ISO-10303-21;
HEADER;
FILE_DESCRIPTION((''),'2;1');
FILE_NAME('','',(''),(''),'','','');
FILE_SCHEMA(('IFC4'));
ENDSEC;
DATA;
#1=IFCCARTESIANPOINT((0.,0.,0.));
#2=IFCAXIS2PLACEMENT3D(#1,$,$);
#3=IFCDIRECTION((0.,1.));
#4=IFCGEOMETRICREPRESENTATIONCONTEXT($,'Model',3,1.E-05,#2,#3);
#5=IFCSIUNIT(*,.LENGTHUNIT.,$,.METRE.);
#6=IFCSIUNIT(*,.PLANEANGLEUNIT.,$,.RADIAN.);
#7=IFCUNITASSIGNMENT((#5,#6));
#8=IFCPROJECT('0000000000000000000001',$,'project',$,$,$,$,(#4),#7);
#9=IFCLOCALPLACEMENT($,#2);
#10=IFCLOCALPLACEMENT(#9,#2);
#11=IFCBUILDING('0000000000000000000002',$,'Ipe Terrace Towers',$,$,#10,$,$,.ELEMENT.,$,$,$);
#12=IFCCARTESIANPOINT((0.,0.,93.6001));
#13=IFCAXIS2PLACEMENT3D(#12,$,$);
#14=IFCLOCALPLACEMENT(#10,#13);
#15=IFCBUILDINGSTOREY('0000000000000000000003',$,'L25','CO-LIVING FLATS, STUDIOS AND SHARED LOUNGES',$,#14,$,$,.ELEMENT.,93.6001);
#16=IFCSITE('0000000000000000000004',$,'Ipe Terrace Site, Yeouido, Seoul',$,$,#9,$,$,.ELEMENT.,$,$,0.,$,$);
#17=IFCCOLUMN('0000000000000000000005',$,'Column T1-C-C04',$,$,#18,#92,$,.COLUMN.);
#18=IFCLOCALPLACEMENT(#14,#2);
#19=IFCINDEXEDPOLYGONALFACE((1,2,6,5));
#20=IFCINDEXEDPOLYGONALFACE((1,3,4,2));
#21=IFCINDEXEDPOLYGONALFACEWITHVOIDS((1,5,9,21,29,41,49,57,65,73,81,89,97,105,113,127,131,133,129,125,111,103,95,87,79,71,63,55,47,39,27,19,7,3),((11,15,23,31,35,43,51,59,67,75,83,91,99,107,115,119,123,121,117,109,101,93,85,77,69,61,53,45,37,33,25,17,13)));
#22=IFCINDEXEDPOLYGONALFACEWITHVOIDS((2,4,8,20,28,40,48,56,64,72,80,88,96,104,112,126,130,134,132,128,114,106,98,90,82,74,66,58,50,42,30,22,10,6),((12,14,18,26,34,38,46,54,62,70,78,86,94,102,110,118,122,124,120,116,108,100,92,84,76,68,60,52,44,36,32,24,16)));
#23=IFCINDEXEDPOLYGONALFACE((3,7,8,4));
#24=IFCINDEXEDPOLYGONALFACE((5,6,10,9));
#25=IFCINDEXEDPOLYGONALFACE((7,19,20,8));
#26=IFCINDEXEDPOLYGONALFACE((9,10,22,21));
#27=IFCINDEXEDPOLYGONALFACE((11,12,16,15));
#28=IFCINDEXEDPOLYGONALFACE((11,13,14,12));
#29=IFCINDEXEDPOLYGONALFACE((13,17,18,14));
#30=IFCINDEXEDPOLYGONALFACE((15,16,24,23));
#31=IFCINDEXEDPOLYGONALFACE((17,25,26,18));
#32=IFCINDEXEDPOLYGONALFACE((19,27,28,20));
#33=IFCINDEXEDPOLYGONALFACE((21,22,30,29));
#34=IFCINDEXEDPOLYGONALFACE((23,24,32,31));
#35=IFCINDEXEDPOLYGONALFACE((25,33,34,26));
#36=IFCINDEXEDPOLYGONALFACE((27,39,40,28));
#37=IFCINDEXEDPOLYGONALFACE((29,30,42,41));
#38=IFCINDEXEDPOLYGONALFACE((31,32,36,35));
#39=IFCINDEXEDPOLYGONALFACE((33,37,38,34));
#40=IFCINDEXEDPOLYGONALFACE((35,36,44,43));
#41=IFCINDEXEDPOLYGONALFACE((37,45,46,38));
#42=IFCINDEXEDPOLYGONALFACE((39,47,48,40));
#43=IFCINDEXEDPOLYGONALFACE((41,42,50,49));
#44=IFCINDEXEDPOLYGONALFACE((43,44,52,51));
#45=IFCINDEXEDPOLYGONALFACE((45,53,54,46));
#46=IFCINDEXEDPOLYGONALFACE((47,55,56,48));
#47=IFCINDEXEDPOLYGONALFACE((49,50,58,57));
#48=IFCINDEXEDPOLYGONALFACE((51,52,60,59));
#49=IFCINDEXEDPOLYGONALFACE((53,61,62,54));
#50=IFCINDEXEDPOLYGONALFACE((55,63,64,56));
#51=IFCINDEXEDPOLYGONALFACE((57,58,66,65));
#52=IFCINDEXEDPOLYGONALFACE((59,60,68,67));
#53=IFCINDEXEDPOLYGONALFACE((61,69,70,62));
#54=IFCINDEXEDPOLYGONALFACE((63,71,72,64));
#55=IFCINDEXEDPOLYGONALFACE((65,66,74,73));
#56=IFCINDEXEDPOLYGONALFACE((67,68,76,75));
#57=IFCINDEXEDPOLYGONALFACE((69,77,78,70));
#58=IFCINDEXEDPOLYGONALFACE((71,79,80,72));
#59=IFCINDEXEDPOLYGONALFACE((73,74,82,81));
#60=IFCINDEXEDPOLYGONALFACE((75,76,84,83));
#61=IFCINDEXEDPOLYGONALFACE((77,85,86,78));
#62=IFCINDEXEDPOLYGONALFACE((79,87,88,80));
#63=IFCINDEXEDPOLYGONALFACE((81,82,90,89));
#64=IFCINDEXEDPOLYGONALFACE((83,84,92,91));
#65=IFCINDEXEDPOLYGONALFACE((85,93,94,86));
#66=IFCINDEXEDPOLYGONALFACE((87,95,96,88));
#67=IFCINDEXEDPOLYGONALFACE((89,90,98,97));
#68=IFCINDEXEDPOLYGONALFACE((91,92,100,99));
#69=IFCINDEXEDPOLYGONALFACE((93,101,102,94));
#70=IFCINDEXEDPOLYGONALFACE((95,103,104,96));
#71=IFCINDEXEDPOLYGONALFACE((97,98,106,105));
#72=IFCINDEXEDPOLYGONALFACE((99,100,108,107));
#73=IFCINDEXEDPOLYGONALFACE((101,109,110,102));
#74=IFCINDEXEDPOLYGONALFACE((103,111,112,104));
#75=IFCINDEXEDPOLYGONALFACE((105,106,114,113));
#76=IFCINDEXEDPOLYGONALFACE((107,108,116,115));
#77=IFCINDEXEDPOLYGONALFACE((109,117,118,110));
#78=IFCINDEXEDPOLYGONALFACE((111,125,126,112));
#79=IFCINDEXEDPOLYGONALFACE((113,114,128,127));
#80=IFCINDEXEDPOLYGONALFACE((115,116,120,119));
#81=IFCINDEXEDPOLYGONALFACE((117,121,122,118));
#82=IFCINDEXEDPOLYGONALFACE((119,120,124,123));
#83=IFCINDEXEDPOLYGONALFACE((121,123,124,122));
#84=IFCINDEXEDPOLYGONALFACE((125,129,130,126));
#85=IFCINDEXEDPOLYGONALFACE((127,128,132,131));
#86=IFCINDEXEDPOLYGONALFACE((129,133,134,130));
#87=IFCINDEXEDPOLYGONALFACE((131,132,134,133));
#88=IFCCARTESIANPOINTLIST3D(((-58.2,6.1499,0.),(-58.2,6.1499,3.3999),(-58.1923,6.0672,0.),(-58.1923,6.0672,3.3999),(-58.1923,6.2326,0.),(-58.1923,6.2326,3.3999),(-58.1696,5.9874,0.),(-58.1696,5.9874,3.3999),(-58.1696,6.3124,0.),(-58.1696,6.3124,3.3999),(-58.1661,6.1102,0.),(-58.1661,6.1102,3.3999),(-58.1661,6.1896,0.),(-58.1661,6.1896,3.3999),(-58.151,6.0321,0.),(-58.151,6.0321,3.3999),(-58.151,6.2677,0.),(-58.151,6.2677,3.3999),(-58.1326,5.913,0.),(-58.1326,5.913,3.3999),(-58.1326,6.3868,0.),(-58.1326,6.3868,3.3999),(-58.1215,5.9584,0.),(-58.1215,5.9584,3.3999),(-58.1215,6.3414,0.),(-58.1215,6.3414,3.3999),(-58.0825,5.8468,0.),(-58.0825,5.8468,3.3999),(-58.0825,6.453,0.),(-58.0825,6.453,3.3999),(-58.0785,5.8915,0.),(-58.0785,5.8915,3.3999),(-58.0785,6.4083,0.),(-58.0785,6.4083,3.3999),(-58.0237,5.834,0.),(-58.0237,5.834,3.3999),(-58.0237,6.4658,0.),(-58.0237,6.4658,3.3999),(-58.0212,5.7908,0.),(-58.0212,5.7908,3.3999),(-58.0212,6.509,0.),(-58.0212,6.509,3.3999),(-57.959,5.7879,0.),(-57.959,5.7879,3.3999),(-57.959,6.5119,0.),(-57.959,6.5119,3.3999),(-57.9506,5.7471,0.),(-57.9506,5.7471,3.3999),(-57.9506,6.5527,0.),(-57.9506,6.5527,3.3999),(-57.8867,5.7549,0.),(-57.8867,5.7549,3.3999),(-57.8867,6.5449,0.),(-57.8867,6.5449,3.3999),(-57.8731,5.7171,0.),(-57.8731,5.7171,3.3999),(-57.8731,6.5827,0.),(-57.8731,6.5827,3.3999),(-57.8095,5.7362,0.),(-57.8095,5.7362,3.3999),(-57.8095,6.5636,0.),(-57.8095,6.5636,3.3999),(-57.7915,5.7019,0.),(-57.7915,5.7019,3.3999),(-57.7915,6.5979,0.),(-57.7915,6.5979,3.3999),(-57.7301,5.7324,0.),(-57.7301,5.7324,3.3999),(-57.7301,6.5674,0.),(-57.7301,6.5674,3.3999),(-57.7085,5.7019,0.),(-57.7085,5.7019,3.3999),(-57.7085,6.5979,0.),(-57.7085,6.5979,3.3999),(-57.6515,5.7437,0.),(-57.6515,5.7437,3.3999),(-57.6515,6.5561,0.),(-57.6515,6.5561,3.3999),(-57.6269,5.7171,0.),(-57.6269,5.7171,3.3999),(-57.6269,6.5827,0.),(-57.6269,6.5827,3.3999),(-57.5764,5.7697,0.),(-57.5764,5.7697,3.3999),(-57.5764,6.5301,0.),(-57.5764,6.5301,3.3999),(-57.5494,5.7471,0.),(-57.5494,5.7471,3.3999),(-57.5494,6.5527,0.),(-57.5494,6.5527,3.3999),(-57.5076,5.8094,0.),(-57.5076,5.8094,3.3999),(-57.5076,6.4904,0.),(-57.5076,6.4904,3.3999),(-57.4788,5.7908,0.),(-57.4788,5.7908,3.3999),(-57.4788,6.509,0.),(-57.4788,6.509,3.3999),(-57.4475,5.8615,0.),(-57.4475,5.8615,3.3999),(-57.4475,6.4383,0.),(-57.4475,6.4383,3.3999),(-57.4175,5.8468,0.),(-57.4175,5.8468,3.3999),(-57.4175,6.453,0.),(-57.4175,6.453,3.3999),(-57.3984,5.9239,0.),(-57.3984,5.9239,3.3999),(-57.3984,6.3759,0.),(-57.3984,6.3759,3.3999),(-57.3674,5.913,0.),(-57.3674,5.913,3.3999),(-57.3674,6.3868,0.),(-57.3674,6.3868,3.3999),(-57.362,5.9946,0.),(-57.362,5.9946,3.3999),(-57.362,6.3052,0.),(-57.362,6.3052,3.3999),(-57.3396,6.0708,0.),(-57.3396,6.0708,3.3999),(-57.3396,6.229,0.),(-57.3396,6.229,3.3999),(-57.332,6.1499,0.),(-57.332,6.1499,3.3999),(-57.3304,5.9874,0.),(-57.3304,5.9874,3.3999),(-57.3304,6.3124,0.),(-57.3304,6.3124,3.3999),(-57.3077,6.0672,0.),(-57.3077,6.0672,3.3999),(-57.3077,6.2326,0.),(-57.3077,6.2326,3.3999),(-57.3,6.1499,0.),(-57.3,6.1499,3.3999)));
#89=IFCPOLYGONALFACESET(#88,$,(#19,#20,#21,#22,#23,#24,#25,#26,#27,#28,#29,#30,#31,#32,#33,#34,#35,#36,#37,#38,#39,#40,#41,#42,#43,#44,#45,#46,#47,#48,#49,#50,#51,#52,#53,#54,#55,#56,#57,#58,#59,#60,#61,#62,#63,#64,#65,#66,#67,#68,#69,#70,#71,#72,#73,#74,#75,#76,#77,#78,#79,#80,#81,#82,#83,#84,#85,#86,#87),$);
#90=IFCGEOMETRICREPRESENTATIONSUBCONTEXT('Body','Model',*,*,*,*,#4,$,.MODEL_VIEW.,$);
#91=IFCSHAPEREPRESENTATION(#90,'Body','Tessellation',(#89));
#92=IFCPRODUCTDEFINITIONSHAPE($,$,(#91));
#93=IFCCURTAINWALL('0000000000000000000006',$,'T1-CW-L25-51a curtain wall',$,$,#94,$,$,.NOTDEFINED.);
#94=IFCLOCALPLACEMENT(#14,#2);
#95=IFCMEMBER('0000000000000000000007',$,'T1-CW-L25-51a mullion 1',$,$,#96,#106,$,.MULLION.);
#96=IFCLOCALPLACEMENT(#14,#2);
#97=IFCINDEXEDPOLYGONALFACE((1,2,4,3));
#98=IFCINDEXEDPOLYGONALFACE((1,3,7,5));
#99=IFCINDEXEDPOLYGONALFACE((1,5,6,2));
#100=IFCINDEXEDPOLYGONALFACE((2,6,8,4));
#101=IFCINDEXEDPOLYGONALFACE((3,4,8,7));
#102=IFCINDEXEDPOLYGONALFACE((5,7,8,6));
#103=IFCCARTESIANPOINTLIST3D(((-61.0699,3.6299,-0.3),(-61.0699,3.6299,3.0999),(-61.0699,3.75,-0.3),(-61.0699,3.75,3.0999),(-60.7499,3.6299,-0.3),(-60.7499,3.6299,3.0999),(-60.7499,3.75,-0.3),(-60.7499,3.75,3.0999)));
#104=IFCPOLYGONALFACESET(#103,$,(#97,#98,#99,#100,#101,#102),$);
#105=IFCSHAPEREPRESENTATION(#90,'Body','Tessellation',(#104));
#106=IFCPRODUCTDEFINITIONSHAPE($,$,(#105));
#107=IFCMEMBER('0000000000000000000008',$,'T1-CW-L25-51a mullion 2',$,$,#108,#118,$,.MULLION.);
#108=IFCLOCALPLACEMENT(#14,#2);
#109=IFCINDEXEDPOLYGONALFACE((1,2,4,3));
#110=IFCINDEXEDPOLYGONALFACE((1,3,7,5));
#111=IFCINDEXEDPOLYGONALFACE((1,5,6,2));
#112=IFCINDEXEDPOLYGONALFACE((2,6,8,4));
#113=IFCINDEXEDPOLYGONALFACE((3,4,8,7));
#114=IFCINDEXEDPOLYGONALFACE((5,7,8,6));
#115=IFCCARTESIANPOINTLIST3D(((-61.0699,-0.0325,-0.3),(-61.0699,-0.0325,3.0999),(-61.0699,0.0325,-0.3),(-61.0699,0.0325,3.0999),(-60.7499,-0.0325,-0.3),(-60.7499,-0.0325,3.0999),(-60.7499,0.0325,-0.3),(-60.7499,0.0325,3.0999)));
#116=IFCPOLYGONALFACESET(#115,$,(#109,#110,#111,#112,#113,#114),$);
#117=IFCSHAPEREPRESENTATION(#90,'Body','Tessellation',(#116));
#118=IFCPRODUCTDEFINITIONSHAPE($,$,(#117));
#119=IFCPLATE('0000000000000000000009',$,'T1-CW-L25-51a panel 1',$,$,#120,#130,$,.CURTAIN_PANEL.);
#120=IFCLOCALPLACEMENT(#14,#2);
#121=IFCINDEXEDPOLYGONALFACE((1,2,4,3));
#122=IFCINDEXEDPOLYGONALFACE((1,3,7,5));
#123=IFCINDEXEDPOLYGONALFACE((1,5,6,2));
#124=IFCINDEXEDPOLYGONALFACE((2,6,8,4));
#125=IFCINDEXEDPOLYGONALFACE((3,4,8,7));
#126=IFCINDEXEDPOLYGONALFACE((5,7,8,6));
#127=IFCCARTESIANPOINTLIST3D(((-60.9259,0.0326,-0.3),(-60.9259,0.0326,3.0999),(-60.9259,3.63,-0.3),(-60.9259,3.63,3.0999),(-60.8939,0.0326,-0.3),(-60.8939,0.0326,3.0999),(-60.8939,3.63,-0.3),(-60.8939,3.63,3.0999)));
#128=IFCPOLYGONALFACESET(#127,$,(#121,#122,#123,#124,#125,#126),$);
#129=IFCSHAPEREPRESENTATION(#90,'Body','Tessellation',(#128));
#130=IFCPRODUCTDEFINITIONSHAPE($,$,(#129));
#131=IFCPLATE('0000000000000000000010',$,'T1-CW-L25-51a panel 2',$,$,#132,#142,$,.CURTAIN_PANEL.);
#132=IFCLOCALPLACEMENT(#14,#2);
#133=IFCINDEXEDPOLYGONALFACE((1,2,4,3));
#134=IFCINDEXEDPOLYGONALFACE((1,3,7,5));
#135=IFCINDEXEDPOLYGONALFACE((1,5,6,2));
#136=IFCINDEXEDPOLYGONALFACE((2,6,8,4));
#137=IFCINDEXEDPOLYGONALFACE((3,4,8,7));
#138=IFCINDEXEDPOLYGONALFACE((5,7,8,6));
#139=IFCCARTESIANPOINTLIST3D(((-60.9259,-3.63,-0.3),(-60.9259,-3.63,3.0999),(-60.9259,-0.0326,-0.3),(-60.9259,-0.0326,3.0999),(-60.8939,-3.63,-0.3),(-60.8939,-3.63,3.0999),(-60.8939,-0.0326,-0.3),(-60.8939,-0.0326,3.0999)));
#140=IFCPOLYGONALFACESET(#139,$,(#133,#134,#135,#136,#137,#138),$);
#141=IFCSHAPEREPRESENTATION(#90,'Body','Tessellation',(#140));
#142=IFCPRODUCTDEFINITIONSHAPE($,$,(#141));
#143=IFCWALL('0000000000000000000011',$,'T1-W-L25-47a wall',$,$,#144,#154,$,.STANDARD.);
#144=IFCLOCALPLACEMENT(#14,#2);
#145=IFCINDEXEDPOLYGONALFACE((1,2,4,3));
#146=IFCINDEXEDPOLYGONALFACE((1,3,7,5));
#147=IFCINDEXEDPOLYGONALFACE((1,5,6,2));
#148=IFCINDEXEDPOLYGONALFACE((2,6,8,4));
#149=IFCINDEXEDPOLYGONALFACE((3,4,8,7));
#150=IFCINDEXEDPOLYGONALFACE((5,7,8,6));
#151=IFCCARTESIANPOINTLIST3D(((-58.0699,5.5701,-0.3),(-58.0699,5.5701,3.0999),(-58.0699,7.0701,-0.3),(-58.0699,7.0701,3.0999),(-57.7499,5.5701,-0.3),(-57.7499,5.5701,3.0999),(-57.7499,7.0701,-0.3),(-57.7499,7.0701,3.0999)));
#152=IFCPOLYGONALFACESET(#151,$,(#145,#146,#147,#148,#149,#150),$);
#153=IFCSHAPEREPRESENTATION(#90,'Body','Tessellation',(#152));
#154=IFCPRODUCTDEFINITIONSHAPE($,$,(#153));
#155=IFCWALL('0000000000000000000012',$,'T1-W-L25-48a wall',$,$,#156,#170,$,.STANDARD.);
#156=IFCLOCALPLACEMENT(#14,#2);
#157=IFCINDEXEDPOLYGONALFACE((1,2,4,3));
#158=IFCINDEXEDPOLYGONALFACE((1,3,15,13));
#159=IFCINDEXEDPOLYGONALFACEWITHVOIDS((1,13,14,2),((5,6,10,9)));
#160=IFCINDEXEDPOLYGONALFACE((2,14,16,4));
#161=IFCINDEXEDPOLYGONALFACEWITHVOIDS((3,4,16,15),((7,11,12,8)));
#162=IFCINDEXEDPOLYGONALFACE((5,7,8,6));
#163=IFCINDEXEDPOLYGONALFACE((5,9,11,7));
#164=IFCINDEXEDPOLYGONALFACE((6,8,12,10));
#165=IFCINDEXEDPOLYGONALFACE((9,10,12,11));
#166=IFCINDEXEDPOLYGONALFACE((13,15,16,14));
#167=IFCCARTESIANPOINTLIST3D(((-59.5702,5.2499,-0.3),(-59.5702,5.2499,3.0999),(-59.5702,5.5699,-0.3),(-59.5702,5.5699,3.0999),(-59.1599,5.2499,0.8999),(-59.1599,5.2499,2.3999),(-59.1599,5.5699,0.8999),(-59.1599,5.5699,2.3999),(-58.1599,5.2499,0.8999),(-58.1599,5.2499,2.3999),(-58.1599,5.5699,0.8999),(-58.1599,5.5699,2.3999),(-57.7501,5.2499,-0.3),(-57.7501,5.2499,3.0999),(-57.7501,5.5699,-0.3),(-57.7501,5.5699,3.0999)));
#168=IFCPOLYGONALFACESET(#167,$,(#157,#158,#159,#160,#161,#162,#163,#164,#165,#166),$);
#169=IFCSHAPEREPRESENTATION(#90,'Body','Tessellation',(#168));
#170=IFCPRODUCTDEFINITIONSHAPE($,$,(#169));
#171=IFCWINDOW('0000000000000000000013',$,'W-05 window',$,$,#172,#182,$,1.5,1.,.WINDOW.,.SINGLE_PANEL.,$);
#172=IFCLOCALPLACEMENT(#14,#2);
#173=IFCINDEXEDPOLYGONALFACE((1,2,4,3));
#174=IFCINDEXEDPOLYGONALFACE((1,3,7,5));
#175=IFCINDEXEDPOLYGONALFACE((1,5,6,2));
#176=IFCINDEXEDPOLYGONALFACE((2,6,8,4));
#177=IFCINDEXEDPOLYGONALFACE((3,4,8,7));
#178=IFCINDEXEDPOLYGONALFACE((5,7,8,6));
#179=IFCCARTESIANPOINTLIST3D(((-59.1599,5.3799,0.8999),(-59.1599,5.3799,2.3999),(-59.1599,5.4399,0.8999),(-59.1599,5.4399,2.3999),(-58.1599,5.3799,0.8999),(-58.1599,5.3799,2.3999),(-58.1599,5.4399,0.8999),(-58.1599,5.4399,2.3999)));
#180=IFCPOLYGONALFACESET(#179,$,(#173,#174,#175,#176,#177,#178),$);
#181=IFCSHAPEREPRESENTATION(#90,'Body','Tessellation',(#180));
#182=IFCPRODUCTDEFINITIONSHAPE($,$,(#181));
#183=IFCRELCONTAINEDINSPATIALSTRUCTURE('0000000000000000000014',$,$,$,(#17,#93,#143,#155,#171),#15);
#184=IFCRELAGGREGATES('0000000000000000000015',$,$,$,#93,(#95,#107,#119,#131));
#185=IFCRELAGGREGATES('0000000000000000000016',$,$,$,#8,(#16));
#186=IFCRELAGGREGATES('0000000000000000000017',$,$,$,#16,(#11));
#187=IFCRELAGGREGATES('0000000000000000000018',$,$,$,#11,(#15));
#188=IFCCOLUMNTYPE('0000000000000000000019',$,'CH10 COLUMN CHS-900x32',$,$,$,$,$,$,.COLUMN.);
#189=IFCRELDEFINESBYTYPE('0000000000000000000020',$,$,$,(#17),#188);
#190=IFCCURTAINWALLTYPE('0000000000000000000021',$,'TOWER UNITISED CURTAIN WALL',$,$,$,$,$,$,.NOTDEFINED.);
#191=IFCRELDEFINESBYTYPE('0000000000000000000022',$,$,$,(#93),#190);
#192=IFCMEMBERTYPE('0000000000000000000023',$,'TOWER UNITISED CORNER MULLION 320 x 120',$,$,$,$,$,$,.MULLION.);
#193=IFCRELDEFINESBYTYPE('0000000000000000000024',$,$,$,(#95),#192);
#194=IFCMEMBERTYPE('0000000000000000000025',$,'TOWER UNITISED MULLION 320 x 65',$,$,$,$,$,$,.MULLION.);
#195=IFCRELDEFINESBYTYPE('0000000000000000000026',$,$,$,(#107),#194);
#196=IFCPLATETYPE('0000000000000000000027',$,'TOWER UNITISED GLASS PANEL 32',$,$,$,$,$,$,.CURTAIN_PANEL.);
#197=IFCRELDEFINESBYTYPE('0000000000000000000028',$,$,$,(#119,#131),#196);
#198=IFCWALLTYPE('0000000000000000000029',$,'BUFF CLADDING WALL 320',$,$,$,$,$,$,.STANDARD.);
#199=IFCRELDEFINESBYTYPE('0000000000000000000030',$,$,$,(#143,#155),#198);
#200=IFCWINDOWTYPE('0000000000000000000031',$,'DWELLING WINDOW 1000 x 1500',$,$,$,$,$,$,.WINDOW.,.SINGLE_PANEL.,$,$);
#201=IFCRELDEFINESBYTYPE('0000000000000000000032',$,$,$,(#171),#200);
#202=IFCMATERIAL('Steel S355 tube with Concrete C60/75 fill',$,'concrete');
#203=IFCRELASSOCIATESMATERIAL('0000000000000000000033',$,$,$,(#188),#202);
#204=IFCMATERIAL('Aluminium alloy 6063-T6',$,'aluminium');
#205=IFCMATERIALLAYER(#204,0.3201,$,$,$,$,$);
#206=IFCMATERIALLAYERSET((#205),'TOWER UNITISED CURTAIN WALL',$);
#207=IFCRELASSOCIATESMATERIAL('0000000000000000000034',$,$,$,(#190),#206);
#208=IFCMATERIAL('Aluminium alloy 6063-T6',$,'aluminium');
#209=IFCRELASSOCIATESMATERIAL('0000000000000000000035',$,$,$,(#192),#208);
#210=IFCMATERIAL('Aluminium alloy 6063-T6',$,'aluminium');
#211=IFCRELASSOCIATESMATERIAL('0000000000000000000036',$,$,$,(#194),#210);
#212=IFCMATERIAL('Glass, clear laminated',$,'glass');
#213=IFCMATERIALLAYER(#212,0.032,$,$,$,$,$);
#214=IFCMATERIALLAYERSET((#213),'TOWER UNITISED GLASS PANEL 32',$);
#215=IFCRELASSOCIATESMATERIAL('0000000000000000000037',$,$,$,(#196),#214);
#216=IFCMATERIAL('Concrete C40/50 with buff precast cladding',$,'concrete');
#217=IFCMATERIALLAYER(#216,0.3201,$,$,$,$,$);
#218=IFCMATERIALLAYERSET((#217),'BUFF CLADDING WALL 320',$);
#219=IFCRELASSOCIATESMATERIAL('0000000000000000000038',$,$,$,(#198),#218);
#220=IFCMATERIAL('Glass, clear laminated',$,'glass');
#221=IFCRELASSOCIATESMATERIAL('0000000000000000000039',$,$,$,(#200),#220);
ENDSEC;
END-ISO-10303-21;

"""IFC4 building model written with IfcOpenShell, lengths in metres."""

from ifc_helpers import new_model, si_unit, direction, frame, frame_2d, origin, origin_2d, place, context, subcontext, project, spatial, rectangle, hollow_circle, extrude, material, layer, layer_set, material_profile, profile_set, type_object, element, fill, aggregate, save


model = new_model("IFC4")

# Units and contexts
model_context = context("Model", 3, precision=1e-05, world=origin(), true_north=direction((0.0, 1.0)))
body_context = subcontext(model_context, "Body", "Model", "MODEL_VIEW")
ifc_project = project(units=[si_unit("LENGTHUNIT", "METRE"), si_unit("PLANEANGLEUNIT", "RADIAN")], contexts=[model_context])

# Site, building, storey
site_placement = place(None, origin())
site = spatial("IfcSite", under=ifc_project, at=site_placement, Name="Ipe Terrace Site, Yeouido, Seoul", CompositionType="ELEMENT", RefElevation=0.0)
building_placement = place(site_placement, origin())
building = spatial("IfcBuilding", under=site, at=building_placement, Name="Ipe Terrace Towers", CompositionType="ELEMENT")
storey_placement = place(building_placement, frame((0.0, 0.0, 93.6001)))
storey = spatial("IfcBuildingStorey", under=building, at=storey_placement, Name="L25", Description="CO-LIVING FLATS, STUDIOS AND SHARED LOUNGES", CompositionType="ELEMENT", Elevation=93.6001)

# Column
ifc_material_1 = material(Name="Steel S355 tube with Concrete C60/75 fill", Category="concrete")
ifc_material_profile_1 = material_profile(ifc_material_1, hollow_circle(Radius=0.45, WallThickness=0.032, at=origin_2d()), Name="CHS-900x32")
ifc_profile_set_1 = profile_set([ifc_material_profile_1], Name="Steel S355 tube with Concrete C60/75 fill")
column_type = type_object("IfcColumnType", Name="CH10 COLUMN CHS-900x32", PredefinedType="COLUMN", material=ifc_profile_set_1)
column_placement = place(storey_placement, frame((-57.75, 6.1499, 0.0), z_axis=(0.0, 0.0, 1.0), x_axis=(1.0, 0.0, 0.0)))
element("IfcColumn", 1, at=column_placement, inside=storey, type_object=column_type, Name="Column T1-C-C04", PredefinedType="COLUMN", context=body_context, shape_type="SweptSolid", body=[
    extrude(hollow_circle(Radius=0.45, WallThickness=0.032, at=origin_2d()), origin(), (0.0, 0.0, 1.0), 3.3999),
])

# Curtain wall, members, plates
ifc_material_2 = material(Name="Aluminium alloy 6063-T6", Category="aluminium")
ifc_layer_1 = layer(ifc_material_2, 0.3201)
ifc_layer_set_1 = layer_set([ifc_layer_1], Name="TOWER UNITISED CURTAIN WALL")
curtain_wall_type = type_object("IfcCurtainWallType", Name="TOWER UNITISED CURTAIN WALL", PredefinedType="NOTDEFINED", material=ifc_layer_set_1)
curtain_wall_placement = place(storey_placement, origin())
curtain_wall = element("IfcCurtainWall", 2, at=curtain_wall_placement, inside=storey, type_object=curtain_wall_type, Name="T1-CW-L25-51a curtain wall", PredefinedType="NOTDEFINED")
ifc_material_3 = material(Name="Aluminium alloy 6063-T6", Category="aluminium")
ifc_material_profile_2 = material_profile(ifc_material_3, rectangle(XDim=0.3201, YDim=0.1201, at=origin_2d()), Name="TOWER UNITISED CORNER MULLION 320 x 120")
ifc_profile_set_2 = profile_set([ifc_material_profile_2], Name="Aluminium alloy 6063-T6")
member_type_1 = type_object("IfcMemberType", Name="TOWER UNITISED CORNER MULLION 320 x 120", PredefinedType="MULLION", material=ifc_profile_set_2)
member_1_placement = place(storey_placement, frame((-60.9099, 3.6899, -0.3), z_axis=(0.0, 0.0, 1.0), x_axis=(-1.0, 0.0, 0.0)))
member_1 = element("IfcMember", 3, at=member_1_placement, type_object=member_type_1, Name="T1-CW-L25-51a mullion 1", PredefinedType="MULLION", context=body_context, shape_type="SweptSolid", body=[
    extrude(rectangle(XDim=0.3201, YDim=0.1201, at=origin_2d()), origin(), (0.0, 0.0, 1.0), 3.3999),
])
ifc_material_4 = material(Name="Aluminium alloy 6063-T6", Category="aluminium")
ifc_material_profile_3 = material_profile(ifc_material_4, rectangle(XDim=0.3201, YDim=0.0649, at=origin_2d()), Name="TOWER UNITISED MULLION 320 x 65")
ifc_profile_set_3 = profile_set([ifc_material_profile_3], Name="Aluminium alloy 6063-T6")
member_type_2 = type_object("IfcMemberType", Name="TOWER UNITISED MULLION 320 x 65", PredefinedType="MULLION", material=ifc_profile_set_3)
member_2_placement = place(storey_placement, frame((-60.9099, 0.0, -0.3), z_axis=(0.0, 0.0, 1.0), x_axis=(-1.0, 0.0, 0.0)))
member_2 = element("IfcMember", 4, at=member_2_placement, type_object=member_type_2, Name="T1-CW-L25-51a mullion 2", PredefinedType="MULLION", context=body_context, shape_type="SweptSolid", body=[
    extrude(rectangle(XDim=0.3201, YDim=0.0649, at=origin_2d()), origin(), (0.0, 0.0, 1.0), 3.3999),
])
ifc_material_5 = material(Name="Glass, clear laminated", Category="glass")
ifc_layer_2 = layer(ifc_material_5, 0.032)
ifc_layer_set_2 = layer_set([ifc_layer_2], Name="TOWER UNITISED GLASS PANEL 32")
plate_type = type_object("IfcPlateType", Name="TOWER UNITISED GLASS PANEL 32", PredefinedType="CURTAIN_PANEL", material=ifc_layer_set_2)
plate_1_placement = place(storey_placement, frame((-60.9099, 1.8313, -0.3), z_axis=(0.0, 0.0, 1.0), x_axis=(0.0, -1.0, 0.0)))
plate_1 = element("IfcPlate", 5, at=plate_1_placement, type_object=plate_type, Name="T1-CW-L25-51a panel 1", PredefinedType="CURTAIN_PANEL", context=body_context, shape_type="SweptSolid", body=[
    extrude(rectangle(XDim=3.5974, YDim=0.032, at=origin_2d()), origin(), (0.0, 0.0, 1.0), 3.3999),
])
plate_2_placement = place(storey_placement, frame((-60.9099, -1.8313, -0.3), z_axis=(0.0, 0.0, 1.0), x_axis=(0.0, -1.0, 0.0)))
plate_2 = element("IfcPlate", 6, at=plate_2_placement, type_object=plate_type, Name="T1-CW-L25-51a panel 2", PredefinedType="CURTAIN_PANEL", context=body_context, shape_type="SweptSolid", body=[
    extrude(rectangle(XDim=3.5974, YDim=0.032, at=origin_2d()), origin(), (0.0, 0.0, 1.0), 3.3999),
])
aggregate(curtain_wall, [member_1, member_2, plate_1, plate_2])

# Wall
ifc_material_6 = material(Name="Concrete C40/50 with buff precast cladding", Category="concrete")
ifc_layer_3 = layer(ifc_material_6, 0.3201)
ifc_layer_set_3 = layer_set([ifc_layer_3], Name="BUFF CLADDING WALL 320")
wall_type_1 = type_object("IfcWallType", Name="BUFF CLADDING WALL 320", PredefinedType="STANDARD", material=ifc_layer_set_3)
wall_1_placement = place(storey_placement, frame((-57.9099, 7.0701, -0.3), z_axis=(0.0, 0.0, 1.0), x_axis=(0.0, -1.0, 0.0)))
element("IfcWall", 7, at=wall_1_placement, inside=storey, type_object=wall_type_1, Name="T1-W-L25-47a wall", PredefinedType="STANDARD", context=body_context, shape_type="SweptSolid", body=[
    extrude(rectangle(XDim=1.5, YDim=0.3201, at=frame_2d((0.75, 0.0))), origin(), (0.0, 0.0, 1.0), 3.3999),
])

# Wall, opening, window
wall_2_placement = place(storey_placement, frame((-57.75, 5.4099, -0.3), z_axis=(0.0, 0.0, 1.0), x_axis=(-1.0, 0.0, 0.0)))
wall_2 = element("IfcWall", 8, at=wall_2_placement, inside=storey, type_object=wall_type_1, Name="T1-W-L25-48a wall", PredefinedType="STANDARD", context=body_context, shape_type="SweptSolid", body=[
    extrude(rectangle(XDim=1.8201, YDim=0.3201, at=frame_2d((0.9102, 0.0))), origin(), (0.0, 0.0, 1.0), 3.3999),
])
opening_1_placement = place(wall_2_placement, frame((0.4099, 0.0, 1.2)))
opening_1 = element("IfcOpeningElement", 9, at=opening_1_placement, cuts=wall_2, PredefinedType="OPENING", context=body_context, shape_type="SweptSolid", body=[
    extrude(rectangle(XDim=1.0, YDim=1.5, at=frame_2d((0.5, 0.75))), frame((0.0, 0.1699, 0.0), z_axis=(0.0, -1.0, 0.0), x_axis=(1.0, 0.0, 0.0)), (0.0, 0.0, 1.0), 0.3401),
])
ifc_material_7 = material(Name="Glass, clear laminated", Category="glass")
window_type = type_object("IfcWindowType", Name="DWELLING WINDOW 1000 x 1500", PartitioningType="SINGLE_PANEL", PredefinedType="WINDOW", material=ifc_material_7)
window_placement = place(opening_1_placement, origin())
window = element("IfcWindow", 10, at=window_placement, inside=storey, type_object=window_type, Name="W-05 window", OverallHeight=1.5, OverallWidth=1.0, PartitioningType="SINGLE_PANEL", PredefinedType="WINDOW", context=body_context, shape_type="SweptSolid", body=[
    extrude(rectangle(XDim=1.0, YDim=1.5, at=frame_2d((0.5, 0.75))), frame((0.0, 0.03, 0.0), z_axis=(0.0, -1.0, 0.0), x_axis=(1.0, 0.0, 0.0)), (0.0, 0.0, 1.0), 0.0601),
])
fill(opening_1, window)

save(model, "model.ifc")
